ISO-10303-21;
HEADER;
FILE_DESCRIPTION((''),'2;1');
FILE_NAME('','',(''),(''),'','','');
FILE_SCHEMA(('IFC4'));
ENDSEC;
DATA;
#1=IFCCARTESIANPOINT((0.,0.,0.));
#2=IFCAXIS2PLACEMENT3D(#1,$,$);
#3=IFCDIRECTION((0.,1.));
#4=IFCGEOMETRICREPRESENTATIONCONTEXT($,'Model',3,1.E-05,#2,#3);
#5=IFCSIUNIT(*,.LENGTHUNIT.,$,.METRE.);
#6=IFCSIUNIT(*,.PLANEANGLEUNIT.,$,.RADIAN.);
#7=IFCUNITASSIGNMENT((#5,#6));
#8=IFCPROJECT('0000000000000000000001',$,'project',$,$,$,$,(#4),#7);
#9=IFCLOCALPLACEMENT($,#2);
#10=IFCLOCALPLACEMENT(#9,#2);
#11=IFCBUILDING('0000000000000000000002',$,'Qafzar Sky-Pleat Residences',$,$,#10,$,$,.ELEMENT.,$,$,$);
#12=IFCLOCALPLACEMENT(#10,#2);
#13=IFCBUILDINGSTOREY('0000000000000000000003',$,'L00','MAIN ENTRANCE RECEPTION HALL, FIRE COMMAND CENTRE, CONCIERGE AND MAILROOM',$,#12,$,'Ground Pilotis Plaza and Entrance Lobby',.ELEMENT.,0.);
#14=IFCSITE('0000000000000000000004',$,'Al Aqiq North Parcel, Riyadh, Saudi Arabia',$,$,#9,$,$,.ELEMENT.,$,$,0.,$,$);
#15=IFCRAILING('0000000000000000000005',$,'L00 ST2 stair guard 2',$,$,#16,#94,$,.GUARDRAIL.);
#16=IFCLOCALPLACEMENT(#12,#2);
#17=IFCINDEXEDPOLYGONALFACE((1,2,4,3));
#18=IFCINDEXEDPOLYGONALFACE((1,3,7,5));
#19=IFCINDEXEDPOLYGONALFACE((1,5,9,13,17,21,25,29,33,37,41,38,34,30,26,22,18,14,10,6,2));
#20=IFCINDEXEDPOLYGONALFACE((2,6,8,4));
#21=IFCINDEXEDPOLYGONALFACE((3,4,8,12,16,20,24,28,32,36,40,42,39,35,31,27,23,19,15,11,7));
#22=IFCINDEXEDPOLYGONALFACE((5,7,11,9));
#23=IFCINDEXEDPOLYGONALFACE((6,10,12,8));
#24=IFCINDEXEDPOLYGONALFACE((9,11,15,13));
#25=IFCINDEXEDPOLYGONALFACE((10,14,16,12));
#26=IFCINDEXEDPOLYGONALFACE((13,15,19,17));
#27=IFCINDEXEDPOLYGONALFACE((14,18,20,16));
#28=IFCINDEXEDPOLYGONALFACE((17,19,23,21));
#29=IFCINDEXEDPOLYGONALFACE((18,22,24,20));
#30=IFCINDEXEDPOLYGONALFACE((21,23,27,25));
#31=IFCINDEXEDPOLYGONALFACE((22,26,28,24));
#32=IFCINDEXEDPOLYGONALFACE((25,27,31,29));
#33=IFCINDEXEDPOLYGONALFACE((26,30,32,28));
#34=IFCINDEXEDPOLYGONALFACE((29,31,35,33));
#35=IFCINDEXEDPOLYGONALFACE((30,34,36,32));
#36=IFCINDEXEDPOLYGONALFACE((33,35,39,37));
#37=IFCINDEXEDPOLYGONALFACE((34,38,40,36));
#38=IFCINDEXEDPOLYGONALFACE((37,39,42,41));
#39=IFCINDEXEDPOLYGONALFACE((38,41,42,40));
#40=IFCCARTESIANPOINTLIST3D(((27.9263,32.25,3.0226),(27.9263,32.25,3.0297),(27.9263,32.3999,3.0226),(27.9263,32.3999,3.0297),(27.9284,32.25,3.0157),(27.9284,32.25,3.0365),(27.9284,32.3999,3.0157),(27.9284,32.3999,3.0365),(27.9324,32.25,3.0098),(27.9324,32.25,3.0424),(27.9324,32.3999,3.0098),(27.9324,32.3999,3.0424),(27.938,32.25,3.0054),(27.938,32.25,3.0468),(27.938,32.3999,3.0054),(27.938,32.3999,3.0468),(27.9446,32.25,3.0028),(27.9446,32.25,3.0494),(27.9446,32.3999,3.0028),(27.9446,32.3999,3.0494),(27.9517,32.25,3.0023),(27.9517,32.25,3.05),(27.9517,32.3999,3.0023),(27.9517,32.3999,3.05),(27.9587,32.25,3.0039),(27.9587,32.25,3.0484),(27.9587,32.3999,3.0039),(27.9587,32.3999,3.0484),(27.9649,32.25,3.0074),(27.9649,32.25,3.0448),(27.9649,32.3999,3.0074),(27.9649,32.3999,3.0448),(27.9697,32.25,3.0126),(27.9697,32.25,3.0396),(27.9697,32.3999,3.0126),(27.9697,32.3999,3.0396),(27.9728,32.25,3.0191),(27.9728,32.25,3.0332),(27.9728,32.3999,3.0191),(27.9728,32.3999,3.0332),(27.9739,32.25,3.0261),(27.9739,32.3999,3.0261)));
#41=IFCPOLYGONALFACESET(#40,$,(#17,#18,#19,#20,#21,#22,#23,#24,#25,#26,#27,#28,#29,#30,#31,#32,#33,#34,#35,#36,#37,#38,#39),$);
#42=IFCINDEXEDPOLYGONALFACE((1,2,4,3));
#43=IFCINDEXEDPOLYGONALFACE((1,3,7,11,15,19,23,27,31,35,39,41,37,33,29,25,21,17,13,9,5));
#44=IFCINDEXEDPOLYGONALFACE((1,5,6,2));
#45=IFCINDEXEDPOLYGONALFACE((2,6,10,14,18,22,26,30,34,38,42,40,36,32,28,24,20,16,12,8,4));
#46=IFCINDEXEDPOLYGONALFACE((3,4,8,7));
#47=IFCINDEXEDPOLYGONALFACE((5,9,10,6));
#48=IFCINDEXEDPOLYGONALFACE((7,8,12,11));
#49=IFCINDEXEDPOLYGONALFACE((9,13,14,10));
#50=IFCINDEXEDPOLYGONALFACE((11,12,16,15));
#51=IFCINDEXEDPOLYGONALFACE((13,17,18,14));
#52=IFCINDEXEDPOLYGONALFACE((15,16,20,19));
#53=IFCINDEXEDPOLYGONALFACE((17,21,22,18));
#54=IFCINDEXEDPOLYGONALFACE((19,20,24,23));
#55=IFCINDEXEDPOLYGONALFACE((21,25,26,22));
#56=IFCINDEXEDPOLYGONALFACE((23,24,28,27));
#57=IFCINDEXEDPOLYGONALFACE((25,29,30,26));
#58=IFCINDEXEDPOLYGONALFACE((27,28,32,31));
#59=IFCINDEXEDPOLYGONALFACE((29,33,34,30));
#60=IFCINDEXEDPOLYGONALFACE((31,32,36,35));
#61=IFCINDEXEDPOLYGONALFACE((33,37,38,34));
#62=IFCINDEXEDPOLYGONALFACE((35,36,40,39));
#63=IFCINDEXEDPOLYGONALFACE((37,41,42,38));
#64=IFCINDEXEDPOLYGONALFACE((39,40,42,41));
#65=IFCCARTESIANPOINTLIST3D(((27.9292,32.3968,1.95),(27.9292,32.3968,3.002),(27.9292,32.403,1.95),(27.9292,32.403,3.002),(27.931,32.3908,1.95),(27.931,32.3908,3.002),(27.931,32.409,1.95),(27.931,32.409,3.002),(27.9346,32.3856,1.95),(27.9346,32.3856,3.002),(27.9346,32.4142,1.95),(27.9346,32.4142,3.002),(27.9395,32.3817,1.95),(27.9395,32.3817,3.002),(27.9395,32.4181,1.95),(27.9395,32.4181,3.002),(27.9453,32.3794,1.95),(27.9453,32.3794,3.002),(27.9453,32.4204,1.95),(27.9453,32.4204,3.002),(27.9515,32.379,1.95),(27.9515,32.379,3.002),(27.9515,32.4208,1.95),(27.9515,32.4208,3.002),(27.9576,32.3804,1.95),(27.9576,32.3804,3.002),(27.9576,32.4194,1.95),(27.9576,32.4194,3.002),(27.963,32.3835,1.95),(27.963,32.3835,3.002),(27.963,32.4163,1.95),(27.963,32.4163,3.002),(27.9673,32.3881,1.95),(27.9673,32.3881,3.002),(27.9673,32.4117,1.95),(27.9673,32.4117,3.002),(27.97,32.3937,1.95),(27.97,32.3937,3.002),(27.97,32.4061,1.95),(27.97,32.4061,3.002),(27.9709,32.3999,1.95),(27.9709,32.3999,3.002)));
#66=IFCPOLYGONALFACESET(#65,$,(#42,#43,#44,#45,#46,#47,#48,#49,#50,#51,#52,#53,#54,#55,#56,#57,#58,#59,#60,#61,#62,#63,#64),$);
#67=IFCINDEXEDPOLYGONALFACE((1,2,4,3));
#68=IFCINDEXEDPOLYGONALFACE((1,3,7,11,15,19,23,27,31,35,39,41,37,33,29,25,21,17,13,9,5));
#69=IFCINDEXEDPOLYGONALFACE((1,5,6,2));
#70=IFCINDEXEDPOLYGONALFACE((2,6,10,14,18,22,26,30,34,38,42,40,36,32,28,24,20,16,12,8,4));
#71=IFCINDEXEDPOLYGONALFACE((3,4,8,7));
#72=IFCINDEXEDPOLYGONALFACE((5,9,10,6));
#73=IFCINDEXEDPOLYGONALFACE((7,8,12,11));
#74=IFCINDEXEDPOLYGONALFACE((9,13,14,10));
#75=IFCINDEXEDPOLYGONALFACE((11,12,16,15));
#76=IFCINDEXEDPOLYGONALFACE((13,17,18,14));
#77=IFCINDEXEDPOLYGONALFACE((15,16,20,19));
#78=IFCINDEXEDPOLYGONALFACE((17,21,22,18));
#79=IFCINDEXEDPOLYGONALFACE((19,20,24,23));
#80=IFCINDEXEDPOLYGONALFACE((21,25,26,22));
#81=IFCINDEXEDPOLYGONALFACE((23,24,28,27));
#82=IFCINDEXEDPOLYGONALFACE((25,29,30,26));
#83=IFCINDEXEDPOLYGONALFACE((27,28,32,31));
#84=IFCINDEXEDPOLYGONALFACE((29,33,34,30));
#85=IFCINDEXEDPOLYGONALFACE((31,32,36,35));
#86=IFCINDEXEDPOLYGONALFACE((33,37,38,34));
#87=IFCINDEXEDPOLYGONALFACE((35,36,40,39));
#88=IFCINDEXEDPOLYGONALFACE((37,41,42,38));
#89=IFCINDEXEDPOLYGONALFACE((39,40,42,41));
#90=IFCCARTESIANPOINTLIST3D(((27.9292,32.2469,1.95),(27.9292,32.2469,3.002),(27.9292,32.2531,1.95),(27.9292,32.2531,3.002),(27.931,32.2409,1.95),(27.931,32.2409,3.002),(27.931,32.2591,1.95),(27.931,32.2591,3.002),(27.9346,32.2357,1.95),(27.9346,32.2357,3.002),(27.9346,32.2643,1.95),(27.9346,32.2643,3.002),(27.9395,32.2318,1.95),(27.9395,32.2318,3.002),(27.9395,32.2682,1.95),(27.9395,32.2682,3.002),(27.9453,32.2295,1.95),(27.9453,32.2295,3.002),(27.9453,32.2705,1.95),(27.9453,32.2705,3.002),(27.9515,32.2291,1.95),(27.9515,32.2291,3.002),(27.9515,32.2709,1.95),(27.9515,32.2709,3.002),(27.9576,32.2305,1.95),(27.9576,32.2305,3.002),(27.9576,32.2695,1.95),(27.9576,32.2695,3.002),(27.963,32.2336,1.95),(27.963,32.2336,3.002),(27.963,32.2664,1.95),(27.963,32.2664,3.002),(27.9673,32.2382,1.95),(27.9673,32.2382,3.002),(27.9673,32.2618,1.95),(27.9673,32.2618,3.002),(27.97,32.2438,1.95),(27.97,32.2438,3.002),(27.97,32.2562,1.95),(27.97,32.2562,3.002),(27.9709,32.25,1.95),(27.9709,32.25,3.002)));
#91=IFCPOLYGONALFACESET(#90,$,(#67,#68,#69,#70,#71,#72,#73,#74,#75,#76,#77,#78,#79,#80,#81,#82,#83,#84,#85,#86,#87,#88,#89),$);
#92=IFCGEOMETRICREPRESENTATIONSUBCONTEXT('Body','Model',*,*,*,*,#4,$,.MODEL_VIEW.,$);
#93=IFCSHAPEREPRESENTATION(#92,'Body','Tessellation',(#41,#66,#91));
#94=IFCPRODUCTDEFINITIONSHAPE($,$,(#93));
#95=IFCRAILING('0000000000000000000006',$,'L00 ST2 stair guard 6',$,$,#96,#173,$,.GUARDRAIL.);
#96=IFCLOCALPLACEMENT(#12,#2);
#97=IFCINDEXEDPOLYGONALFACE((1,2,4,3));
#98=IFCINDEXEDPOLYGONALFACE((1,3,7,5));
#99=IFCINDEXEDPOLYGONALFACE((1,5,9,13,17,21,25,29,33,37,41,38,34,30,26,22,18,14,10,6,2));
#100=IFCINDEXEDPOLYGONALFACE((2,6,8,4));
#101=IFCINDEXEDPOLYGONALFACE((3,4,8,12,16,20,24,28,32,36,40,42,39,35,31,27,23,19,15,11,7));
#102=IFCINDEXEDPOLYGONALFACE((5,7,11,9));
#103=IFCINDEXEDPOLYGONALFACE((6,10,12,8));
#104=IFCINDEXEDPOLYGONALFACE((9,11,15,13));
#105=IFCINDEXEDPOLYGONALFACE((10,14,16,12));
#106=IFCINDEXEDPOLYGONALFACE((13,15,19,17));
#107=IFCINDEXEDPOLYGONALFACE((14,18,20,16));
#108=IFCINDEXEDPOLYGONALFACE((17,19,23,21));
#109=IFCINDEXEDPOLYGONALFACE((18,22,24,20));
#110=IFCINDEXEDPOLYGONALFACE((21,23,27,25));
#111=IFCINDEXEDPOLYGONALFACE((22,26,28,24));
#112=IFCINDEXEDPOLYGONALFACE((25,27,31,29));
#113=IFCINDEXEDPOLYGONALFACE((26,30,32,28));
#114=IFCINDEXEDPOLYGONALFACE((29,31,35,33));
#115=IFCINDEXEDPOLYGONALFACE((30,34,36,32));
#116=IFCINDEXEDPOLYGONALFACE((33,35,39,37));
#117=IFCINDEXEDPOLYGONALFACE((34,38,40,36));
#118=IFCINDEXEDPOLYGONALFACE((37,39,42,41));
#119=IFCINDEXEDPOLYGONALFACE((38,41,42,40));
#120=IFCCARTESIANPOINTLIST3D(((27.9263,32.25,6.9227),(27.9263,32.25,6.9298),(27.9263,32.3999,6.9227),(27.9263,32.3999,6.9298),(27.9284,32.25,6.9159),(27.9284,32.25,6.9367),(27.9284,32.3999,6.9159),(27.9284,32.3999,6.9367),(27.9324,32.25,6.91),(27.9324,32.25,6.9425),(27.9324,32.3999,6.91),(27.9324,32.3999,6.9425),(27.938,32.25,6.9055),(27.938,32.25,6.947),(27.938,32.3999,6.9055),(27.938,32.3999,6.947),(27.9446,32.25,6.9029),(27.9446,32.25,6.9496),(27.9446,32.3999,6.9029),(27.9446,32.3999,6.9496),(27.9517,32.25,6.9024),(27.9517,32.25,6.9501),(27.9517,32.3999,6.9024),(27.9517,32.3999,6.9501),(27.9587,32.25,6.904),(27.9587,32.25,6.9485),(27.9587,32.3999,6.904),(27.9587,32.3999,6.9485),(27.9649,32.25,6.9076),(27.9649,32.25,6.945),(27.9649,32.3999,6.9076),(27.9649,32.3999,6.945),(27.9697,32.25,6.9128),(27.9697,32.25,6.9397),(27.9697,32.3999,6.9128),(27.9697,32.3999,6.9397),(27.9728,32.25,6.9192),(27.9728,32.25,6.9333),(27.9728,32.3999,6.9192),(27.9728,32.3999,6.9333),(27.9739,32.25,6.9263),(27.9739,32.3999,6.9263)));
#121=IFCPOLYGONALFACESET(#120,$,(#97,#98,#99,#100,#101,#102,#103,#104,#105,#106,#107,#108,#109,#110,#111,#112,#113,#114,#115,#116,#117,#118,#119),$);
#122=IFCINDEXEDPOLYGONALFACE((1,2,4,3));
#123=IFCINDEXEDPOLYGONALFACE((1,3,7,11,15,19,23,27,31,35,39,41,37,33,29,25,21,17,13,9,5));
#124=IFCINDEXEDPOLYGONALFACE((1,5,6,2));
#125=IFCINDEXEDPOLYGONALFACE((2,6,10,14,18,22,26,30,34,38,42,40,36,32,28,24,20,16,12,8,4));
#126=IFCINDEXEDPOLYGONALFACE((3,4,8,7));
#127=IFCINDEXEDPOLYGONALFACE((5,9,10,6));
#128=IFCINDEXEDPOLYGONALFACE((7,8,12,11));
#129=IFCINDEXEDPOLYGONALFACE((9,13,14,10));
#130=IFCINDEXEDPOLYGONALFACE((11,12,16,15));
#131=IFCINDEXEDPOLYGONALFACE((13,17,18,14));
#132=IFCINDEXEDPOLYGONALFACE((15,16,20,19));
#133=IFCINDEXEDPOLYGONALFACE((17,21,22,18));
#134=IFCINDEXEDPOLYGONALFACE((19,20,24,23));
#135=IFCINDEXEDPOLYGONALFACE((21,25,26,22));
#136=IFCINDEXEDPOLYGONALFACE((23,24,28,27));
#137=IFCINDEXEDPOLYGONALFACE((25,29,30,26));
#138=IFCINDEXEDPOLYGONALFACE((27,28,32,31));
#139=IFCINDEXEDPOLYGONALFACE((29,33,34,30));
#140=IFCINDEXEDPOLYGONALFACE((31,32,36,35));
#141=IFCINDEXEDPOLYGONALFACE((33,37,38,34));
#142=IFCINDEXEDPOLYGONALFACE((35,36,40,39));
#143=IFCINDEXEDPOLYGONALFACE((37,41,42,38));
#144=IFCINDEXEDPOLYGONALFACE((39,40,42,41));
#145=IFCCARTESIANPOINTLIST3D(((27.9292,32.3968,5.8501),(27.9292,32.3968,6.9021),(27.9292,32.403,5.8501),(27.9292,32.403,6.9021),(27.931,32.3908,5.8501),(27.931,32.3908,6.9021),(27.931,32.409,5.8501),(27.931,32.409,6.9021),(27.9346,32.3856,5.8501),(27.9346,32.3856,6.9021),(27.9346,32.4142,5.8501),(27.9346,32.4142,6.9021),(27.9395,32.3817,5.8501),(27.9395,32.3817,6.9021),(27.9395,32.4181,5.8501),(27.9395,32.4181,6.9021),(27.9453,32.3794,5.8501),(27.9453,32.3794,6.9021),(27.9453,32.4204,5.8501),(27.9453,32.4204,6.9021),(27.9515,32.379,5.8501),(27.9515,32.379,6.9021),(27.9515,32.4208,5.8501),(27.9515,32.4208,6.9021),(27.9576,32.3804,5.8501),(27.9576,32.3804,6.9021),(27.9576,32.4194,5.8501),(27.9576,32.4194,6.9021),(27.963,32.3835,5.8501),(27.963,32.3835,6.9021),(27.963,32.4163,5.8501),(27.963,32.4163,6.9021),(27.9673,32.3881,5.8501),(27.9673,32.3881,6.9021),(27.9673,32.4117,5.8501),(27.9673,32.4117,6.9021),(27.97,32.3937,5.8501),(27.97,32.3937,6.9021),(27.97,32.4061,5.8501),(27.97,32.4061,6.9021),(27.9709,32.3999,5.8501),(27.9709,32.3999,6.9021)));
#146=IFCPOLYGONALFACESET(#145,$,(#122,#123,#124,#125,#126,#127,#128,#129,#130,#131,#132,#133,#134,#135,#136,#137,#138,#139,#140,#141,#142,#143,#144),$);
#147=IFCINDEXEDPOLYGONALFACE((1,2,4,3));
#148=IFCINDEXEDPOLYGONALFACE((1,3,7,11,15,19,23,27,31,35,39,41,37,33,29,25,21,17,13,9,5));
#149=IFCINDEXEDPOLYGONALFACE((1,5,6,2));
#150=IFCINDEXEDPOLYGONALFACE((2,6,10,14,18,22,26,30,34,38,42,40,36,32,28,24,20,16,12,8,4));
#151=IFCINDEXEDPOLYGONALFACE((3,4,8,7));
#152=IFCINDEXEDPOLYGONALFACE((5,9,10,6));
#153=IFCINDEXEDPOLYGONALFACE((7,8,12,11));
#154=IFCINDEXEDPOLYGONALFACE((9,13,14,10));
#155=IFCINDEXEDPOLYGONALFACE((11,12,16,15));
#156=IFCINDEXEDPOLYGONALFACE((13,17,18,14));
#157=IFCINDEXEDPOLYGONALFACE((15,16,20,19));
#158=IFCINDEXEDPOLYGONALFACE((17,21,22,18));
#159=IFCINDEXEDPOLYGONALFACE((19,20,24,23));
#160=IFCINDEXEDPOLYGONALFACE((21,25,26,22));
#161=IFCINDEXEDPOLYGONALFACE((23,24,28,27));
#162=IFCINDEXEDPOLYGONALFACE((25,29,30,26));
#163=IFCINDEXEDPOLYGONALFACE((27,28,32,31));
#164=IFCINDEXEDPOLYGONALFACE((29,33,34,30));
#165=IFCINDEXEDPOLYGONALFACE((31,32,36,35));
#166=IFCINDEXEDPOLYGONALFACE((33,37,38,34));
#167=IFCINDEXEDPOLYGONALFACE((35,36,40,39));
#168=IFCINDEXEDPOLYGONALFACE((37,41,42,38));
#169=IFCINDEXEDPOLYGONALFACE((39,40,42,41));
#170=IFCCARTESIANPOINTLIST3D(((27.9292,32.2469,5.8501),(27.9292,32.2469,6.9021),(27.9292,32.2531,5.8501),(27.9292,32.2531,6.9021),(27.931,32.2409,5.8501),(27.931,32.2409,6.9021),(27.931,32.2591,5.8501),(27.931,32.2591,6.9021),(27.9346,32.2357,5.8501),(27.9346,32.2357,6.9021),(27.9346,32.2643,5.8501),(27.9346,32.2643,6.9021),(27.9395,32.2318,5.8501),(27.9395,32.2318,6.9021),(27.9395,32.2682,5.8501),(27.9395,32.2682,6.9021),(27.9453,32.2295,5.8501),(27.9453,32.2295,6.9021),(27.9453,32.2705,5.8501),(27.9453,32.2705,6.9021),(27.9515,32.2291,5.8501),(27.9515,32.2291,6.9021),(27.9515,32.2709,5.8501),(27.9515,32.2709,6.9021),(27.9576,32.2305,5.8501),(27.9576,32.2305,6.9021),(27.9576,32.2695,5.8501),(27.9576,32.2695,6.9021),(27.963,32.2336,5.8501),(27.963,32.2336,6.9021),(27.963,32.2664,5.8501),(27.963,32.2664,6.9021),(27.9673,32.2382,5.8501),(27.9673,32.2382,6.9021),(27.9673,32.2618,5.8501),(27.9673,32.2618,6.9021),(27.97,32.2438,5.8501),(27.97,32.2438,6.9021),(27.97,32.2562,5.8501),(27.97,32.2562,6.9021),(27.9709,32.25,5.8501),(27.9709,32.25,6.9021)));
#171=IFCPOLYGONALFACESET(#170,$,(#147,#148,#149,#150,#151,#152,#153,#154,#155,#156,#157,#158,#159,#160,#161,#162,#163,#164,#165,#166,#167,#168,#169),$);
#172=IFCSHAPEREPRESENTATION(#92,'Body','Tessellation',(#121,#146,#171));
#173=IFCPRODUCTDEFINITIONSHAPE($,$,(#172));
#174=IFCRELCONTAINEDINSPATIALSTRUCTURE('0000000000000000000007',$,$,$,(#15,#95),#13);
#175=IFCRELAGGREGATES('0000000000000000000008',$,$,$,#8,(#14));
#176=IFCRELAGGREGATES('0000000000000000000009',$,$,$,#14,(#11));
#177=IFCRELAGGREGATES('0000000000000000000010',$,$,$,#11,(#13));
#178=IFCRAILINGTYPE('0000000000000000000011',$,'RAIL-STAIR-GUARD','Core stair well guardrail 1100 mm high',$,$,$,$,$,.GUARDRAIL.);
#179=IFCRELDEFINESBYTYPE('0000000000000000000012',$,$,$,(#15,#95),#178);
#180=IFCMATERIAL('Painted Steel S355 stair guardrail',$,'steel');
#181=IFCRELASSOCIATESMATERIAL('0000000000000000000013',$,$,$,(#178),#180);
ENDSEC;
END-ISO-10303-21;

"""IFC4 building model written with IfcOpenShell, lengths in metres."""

from ifc_helpers import new_model, si_unit, direction, frame, origin, origin_2d, place, context, subcontext, project, spatial, circle, extrude, source, transform, mapped, material, type_object, element, save


model = new_model("IFC4")

# Units and contexts
model_context = context("Model", 3, precision=1e-05, world=origin(), true_north=direction((0.0, 1.0)))
body_context = subcontext(model_context, "Body", "Model", "MODEL_VIEW")
ifc_project = project(units=[si_unit("LENGTHUNIT", "METRE"), si_unit("PLANEANGLEUNIT", "RADIAN")], contexts=[model_context])

# Site, building, storey
site_placement = place(None, origin())
site = spatial("IfcSite", under=ifc_project, at=site_placement, Name="Al Aqiq North Parcel, Riyadh, Saudi Arabia", CompositionType="ELEMENT", RefElevation=0.0)
building_placement = place(site_placement, origin())
building = spatial("IfcBuilding", under=site, at=building_placement, Name="Qafzar Sky-Pleat Residences", CompositionType="ELEMENT")
storey_placement = place(building_placement, origin())
storey = spatial("IfcBuildingStorey", under=building, at=storey_placement, Name="L00", Description="MAIN ENTRANCE RECEPTION HALL, FIRE COMMAND CENTRE, CONCIERGE AND MAILROOM", LongName="Ground Pilotis Plaza and Entrance Lobby", CompositionType="ELEMENT", Elevation=0.0)

# Railings
ifc_material_1 = material(Name="Painted Steel S355 stair guardrail", Category="steel")
railing_type_1 = type_object("IfcRailingType", Name="RAIL-STAIR-GUARD", Description="Core stair well guardrail 1100 mm high", PredefinedType="GUARDRAIL", material=ifc_material_1)
shared_shape_1 = source(origin(), body_context, "Body", "SweptSolid", [
    extrude(circle(Radius=0.0239, at=origin_2d()), frame((0.0, 0.0, 1.0762), z_axis=(0.0, -1.0, 0.0), x_axis=(1.0, 0.0, 0.0)), (0.0, 0.0, 1.0), 0.1499),
    extrude(circle(Radius=0.021, at=origin_2d()), origin(), (0.0, 0.0, 1.0), 1.052),
    extrude(circle(Radius=0.021, at=origin_2d()), frame((0.0, -0.1499, 0.0)), (0.0, 0.0, 1.0), 1.052),
])
for number, where, name in (
    (1, (27.95, 32.3999, 1.95), "L00 ST2 stair guard 2"),
    (2, (27.95, 32.3999, 5.8501), "L00 ST2 stair guard 6"),
):
    element("IfcRailing", number, at=place(storey_placement, frame(where)), inside=storey, type_object=railing_type_1, Name=name, PredefinedType="GUARDRAIL", context=body_context, shape_type="MappedRepresentation", body=[
        mapped(shared_shape_1, transform((0.0, 0.0, 0.0), x_axis=(1.0, 0.0, 0.0), y_axis=(0.0, 1.0, 0.0), z_axis=(0.0, 0.0, 1.0), scale=1.0)),
    ])

save(model, "model.ifc")
